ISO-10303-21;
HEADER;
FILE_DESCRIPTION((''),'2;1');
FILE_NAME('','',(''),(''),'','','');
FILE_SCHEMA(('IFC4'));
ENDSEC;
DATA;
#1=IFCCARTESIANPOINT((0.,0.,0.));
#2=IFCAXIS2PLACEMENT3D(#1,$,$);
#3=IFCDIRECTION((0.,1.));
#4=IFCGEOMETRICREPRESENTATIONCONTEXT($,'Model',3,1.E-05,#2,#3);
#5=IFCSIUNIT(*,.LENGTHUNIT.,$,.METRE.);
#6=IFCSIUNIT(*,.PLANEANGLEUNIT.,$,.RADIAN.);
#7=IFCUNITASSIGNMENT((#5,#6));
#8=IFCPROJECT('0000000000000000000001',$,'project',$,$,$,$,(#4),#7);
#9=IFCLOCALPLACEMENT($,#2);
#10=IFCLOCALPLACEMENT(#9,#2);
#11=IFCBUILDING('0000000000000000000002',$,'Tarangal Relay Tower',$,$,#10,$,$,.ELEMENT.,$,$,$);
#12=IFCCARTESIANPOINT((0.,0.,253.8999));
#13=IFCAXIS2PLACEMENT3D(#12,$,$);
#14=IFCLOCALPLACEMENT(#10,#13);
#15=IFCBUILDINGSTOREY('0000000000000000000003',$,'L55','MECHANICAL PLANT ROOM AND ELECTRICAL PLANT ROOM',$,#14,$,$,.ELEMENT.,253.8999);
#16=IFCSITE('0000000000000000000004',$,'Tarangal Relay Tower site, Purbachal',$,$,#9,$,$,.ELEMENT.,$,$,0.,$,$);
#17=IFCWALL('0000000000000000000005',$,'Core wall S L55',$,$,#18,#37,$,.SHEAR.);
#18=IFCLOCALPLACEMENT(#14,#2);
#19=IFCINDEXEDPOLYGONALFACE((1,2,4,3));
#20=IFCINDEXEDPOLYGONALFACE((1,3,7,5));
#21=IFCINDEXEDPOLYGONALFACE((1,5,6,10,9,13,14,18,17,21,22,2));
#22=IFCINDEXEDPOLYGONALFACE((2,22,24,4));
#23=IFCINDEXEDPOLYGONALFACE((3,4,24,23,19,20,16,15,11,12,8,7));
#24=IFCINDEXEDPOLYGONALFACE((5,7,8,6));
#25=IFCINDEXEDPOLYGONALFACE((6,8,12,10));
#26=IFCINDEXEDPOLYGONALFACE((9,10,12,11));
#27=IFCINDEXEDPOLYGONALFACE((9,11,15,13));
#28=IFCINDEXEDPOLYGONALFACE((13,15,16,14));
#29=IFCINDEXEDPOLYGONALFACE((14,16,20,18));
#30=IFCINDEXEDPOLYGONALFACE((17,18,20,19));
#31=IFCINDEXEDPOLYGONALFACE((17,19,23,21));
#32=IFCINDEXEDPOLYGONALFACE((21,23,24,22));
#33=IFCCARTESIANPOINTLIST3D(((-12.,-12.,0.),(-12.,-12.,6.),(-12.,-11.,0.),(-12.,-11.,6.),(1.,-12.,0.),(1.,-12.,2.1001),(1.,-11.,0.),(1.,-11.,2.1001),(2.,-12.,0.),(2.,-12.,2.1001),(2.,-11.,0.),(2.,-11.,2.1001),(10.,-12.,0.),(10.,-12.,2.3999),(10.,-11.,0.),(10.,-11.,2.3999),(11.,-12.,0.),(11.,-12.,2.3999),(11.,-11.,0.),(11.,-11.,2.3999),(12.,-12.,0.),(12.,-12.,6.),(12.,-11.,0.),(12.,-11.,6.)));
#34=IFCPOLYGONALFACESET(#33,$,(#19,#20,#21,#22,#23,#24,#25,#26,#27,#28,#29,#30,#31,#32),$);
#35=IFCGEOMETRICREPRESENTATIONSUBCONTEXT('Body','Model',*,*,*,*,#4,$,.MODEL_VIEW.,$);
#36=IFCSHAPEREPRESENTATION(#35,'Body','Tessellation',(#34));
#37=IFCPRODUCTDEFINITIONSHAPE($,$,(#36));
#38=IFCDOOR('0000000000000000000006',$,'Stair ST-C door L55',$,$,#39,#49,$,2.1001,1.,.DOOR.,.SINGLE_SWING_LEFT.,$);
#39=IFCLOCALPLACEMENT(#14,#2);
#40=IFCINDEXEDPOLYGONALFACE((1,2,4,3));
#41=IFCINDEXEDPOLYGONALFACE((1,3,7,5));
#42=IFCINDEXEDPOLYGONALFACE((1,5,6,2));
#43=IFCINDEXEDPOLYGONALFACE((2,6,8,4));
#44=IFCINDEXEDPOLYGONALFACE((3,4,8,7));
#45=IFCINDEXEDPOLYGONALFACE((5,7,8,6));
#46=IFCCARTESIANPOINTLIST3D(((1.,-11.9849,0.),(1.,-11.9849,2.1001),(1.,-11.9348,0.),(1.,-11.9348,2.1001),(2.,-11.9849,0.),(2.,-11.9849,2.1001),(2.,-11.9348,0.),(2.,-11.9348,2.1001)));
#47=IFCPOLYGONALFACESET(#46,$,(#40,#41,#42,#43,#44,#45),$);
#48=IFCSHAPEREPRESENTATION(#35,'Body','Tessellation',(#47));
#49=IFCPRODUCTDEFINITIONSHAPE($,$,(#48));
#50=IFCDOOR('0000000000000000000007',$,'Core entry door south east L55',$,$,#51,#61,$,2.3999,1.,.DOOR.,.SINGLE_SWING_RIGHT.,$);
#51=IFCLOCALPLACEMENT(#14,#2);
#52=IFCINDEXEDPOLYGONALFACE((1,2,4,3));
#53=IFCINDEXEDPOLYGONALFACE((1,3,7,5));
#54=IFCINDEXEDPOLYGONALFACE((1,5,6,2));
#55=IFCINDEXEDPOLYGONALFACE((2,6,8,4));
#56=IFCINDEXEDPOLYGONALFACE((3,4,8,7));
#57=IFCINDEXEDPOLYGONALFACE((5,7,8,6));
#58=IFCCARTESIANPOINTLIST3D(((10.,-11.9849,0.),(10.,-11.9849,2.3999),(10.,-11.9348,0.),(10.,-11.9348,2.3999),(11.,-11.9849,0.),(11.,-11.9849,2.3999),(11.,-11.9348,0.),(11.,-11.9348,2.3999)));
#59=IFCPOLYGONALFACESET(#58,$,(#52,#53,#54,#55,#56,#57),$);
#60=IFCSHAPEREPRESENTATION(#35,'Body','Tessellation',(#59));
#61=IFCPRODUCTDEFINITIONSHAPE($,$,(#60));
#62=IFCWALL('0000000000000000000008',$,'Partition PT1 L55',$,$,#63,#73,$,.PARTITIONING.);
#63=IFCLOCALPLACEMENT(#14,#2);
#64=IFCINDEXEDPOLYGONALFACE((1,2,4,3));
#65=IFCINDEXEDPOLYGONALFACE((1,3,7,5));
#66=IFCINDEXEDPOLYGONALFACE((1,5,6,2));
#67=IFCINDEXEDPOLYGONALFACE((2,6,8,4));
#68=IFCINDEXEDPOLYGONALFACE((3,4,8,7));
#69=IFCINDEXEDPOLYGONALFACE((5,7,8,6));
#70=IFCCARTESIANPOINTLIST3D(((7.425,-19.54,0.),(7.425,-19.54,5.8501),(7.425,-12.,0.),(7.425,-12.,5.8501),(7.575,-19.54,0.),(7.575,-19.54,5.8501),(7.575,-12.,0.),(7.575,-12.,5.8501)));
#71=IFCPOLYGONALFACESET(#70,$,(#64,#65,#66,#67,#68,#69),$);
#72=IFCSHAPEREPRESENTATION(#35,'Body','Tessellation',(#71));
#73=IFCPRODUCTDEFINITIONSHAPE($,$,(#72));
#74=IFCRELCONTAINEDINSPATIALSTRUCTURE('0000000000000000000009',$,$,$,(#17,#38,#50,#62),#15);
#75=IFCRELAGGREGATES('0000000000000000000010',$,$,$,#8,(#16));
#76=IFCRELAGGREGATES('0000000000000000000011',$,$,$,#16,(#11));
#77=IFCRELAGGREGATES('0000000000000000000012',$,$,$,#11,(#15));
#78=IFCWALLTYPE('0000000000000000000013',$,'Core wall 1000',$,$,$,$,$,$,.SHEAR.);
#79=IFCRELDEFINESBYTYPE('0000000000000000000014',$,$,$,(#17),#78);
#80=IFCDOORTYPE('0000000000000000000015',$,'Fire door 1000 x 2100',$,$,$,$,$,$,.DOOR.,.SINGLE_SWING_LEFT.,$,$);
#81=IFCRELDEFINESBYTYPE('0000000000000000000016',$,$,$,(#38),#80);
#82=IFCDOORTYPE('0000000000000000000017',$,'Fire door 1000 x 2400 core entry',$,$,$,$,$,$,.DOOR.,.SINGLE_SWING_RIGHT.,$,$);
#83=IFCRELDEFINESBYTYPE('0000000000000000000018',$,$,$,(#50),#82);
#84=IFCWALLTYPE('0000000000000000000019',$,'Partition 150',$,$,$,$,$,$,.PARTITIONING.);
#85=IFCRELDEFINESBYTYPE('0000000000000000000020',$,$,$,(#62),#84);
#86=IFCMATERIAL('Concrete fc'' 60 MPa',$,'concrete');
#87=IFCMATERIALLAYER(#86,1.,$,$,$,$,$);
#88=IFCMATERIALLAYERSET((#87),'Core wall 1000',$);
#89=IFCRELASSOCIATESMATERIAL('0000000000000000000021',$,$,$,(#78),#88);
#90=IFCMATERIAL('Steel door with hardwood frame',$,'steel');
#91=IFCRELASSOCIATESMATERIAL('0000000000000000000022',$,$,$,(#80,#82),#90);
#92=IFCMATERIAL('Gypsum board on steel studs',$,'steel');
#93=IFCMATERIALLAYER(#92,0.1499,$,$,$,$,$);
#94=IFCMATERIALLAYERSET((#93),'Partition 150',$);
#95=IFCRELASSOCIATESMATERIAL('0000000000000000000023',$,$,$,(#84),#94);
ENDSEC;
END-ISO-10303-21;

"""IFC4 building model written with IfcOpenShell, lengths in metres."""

from ifc_helpers import new_model, si_unit, direction, frame, frame_2d, origin, place, context, subcontext, project, spatial, rectangle, extrude, material, layer, layer_set, type_object, element, fill, save


model = new_model("IFC4")

# Units and contexts
model_context = context("Model", 3, precision=1e-05, world=origin(), true_north=direction((0.0, 1.0)))
body_context = subcontext(model_context, "Body", "Model", "MODEL_VIEW")
ifc_project = project(units=[si_unit("LENGTHUNIT", "METRE"), si_unit("PLANEANGLEUNIT", "RADIAN")], contexts=[model_context])

# Site, building, storey
site_placement = place(None, origin())
site = spatial("IfcSite", under=ifc_project, at=site_placement, Name="Tarangal Relay Tower site, Purbachal", CompositionType="ELEMENT", RefElevation=0.0)
building_placement = place(site_placement, origin())
building = spatial("IfcBuilding", under=site, at=building_placement, Name="Tarangal Relay Tower", CompositionType="ELEMENT")
storey_placement = place(building_placement, frame((0.0, 0.0, 253.8999)))
storey = spatial("IfcBuildingStorey", under=building, at=storey_placement, Name="L55", Description="MECHANICAL PLANT ROOM AND ELECTRICAL PLANT ROOM", CompositionType="ELEMENT", Elevation=253.8999)

# Shared definitions
ifc_material_1 = material(Name="Concrete fc' 60 MPa", Category="concrete")

# Wall, openings, doors
ifc_layer_1 = layer(ifc_material_1, 1.0)
ifc_layer_set_1 = layer_set([ifc_layer_1], Name="Core wall 1000")
wall_type_1 = type_object("IfcWallType", Name="Core wall 1000", PredefinedType="SHEAR", material=ifc_layer_set_1)
wall_1_placement = place(storey_placement, frame((12.0, -11.5, 0.0), z_axis=(0.0, 0.0, 1.0), x_axis=(-1.0, 0.0, 0.0)))
wall_1 = element("IfcWall", 1, at=wall_1_placement, inside=storey, type_object=wall_type_1, Name="Core wall S L55", PredefinedType="SHEAR", context=body_context, shape_type="SweptSolid", body=[
    extrude(rectangle(XDim=24.0, YDim=1.0, at=frame_2d((12.0, 0.0))), origin(), (0.0, 0.0, 1.0), 6.0),
])
opening_1_placement = place(wall_1_placement, frame((10.0, 0.0, 0.0)))
opening_1 = element("IfcOpeningElement", 2, at=opening_1_placement, cuts=wall_1, PredefinedType="OPENING", context=body_context, shape_type="SweptSolid", body=[
    extrude(rectangle(XDim=1.0, YDim=2.1001, at=frame_2d((0.5, 1.05))), frame((0.0, 0.51, 0.0), z_axis=(0.0, -1.0, 0.0), x_axis=(1.0, 0.0, 0.0)), (0.0, 0.0, 1.0), 1.02),
])
opening_2_placement = place(wall_1_placement, frame((1.0, 0.0, 0.0)))
opening_2 = element("IfcOpeningElement", 3, at=opening_2_placement, cuts=wall_1, PredefinedType="OPENING", context=body_context, shape_type="SweptSolid", body=[
    extrude(rectangle(XDim=1.0, YDim=2.3999, at=frame_2d((0.5, 1.2))), frame((0.0, 0.51, 0.0), z_axis=(0.0, -1.0, 0.0), x_axis=(1.0, 0.0, 0.0)), (0.0, 0.0, 1.0), 1.02),
])
ifc_material_2 = material(Name="Steel door with hardwood frame", Category="steel")
door_type_1 = type_object("IfcDoorType", Name="Fire door 1000 x 2100", OperationType="SINGLE_SWING_LEFT", PredefinedType="DOOR", material=ifc_material_2)
door_1_placement = place(opening_1_placement, origin())
door_1 = element("IfcDoor", 4, at=door_1_placement, inside=storey, type_object=door_type_1, Name="Stair ST-C door L55", OperationType="SINGLE_SWING_LEFT", OverallHeight=2.1001, OverallWidth=1.0, PredefinedType="DOOR", context=body_context, shape_type="SweptSolid", body=[
    extrude(rectangle(XDim=1.0, YDim=2.1001, at=frame_2d((0.5, 1.05))), frame((0.0, 0.4849, 0.0), z_axis=(0.0, -1.0, 0.0), x_axis=(1.0, 0.0, 0.0)), (0.0, 0.0, 1.0), 0.05),
])
fill(opening_1, door_1)
door_type_2 = type_object("IfcDoorType", Name="Fire door 1000 x 2400 core entry", OperationType="SINGLE_SWING_RIGHT", PredefinedType="DOOR", material=ifc_material_2)
door_2_placement = place(opening_2_placement, origin())
door_2 = element("IfcDoor", 5, at=door_2_placement, inside=storey, type_object=door_type_2, Name="Core entry door south east L55", OperationType="SINGLE_SWING_RIGHT", OverallHeight=2.3999, OverallWidth=1.0, PredefinedType="DOOR", context=body_context, shape_type="SweptSolid", body=[
    extrude(rectangle(XDim=1.0, YDim=2.3999, at=frame_2d((0.5, 1.2))), frame((0.0, 0.4849, 0.0), z_axis=(0.0, -1.0, 0.0), x_axis=(1.0, 0.0, 0.0)), (0.0, 0.0, 1.0), 0.05),
])
fill(opening_2, door_2)

# Wall
ifc_material_3 = material(Name="Gypsum board on steel studs", Category="steel")
ifc_layer_2 = layer(ifc_material_3, 0.1499)
ifc_layer_set_2 = layer_set([ifc_layer_2], Name="Partition 150")
wall_type_2 = type_object("IfcWallType", Name="Partition 150", PredefinedType="PARTITIONING", material=ifc_layer_set_2)
wall_2_placement = place(storey_placement, frame((7.5, -12.0, 0.0), z_axis=(0.0, 0.0, 1.0), x_axis=(0.0, -1.0, 0.0)))
element("IfcWall", 6, at=wall_2_placement, inside=storey, type_object=wall_type_2, Name="Partition PT1 L55", PredefinedType="PARTITIONING", context=body_context, shape_type="SweptSolid", body=[
    extrude(rectangle(XDim=7.54, YDim=0.1499, at=frame_2d((3.77, 0.0))), origin(), (0.0, 0.0, 1.0), 5.8501),
])

save(model, "model.ifc")
